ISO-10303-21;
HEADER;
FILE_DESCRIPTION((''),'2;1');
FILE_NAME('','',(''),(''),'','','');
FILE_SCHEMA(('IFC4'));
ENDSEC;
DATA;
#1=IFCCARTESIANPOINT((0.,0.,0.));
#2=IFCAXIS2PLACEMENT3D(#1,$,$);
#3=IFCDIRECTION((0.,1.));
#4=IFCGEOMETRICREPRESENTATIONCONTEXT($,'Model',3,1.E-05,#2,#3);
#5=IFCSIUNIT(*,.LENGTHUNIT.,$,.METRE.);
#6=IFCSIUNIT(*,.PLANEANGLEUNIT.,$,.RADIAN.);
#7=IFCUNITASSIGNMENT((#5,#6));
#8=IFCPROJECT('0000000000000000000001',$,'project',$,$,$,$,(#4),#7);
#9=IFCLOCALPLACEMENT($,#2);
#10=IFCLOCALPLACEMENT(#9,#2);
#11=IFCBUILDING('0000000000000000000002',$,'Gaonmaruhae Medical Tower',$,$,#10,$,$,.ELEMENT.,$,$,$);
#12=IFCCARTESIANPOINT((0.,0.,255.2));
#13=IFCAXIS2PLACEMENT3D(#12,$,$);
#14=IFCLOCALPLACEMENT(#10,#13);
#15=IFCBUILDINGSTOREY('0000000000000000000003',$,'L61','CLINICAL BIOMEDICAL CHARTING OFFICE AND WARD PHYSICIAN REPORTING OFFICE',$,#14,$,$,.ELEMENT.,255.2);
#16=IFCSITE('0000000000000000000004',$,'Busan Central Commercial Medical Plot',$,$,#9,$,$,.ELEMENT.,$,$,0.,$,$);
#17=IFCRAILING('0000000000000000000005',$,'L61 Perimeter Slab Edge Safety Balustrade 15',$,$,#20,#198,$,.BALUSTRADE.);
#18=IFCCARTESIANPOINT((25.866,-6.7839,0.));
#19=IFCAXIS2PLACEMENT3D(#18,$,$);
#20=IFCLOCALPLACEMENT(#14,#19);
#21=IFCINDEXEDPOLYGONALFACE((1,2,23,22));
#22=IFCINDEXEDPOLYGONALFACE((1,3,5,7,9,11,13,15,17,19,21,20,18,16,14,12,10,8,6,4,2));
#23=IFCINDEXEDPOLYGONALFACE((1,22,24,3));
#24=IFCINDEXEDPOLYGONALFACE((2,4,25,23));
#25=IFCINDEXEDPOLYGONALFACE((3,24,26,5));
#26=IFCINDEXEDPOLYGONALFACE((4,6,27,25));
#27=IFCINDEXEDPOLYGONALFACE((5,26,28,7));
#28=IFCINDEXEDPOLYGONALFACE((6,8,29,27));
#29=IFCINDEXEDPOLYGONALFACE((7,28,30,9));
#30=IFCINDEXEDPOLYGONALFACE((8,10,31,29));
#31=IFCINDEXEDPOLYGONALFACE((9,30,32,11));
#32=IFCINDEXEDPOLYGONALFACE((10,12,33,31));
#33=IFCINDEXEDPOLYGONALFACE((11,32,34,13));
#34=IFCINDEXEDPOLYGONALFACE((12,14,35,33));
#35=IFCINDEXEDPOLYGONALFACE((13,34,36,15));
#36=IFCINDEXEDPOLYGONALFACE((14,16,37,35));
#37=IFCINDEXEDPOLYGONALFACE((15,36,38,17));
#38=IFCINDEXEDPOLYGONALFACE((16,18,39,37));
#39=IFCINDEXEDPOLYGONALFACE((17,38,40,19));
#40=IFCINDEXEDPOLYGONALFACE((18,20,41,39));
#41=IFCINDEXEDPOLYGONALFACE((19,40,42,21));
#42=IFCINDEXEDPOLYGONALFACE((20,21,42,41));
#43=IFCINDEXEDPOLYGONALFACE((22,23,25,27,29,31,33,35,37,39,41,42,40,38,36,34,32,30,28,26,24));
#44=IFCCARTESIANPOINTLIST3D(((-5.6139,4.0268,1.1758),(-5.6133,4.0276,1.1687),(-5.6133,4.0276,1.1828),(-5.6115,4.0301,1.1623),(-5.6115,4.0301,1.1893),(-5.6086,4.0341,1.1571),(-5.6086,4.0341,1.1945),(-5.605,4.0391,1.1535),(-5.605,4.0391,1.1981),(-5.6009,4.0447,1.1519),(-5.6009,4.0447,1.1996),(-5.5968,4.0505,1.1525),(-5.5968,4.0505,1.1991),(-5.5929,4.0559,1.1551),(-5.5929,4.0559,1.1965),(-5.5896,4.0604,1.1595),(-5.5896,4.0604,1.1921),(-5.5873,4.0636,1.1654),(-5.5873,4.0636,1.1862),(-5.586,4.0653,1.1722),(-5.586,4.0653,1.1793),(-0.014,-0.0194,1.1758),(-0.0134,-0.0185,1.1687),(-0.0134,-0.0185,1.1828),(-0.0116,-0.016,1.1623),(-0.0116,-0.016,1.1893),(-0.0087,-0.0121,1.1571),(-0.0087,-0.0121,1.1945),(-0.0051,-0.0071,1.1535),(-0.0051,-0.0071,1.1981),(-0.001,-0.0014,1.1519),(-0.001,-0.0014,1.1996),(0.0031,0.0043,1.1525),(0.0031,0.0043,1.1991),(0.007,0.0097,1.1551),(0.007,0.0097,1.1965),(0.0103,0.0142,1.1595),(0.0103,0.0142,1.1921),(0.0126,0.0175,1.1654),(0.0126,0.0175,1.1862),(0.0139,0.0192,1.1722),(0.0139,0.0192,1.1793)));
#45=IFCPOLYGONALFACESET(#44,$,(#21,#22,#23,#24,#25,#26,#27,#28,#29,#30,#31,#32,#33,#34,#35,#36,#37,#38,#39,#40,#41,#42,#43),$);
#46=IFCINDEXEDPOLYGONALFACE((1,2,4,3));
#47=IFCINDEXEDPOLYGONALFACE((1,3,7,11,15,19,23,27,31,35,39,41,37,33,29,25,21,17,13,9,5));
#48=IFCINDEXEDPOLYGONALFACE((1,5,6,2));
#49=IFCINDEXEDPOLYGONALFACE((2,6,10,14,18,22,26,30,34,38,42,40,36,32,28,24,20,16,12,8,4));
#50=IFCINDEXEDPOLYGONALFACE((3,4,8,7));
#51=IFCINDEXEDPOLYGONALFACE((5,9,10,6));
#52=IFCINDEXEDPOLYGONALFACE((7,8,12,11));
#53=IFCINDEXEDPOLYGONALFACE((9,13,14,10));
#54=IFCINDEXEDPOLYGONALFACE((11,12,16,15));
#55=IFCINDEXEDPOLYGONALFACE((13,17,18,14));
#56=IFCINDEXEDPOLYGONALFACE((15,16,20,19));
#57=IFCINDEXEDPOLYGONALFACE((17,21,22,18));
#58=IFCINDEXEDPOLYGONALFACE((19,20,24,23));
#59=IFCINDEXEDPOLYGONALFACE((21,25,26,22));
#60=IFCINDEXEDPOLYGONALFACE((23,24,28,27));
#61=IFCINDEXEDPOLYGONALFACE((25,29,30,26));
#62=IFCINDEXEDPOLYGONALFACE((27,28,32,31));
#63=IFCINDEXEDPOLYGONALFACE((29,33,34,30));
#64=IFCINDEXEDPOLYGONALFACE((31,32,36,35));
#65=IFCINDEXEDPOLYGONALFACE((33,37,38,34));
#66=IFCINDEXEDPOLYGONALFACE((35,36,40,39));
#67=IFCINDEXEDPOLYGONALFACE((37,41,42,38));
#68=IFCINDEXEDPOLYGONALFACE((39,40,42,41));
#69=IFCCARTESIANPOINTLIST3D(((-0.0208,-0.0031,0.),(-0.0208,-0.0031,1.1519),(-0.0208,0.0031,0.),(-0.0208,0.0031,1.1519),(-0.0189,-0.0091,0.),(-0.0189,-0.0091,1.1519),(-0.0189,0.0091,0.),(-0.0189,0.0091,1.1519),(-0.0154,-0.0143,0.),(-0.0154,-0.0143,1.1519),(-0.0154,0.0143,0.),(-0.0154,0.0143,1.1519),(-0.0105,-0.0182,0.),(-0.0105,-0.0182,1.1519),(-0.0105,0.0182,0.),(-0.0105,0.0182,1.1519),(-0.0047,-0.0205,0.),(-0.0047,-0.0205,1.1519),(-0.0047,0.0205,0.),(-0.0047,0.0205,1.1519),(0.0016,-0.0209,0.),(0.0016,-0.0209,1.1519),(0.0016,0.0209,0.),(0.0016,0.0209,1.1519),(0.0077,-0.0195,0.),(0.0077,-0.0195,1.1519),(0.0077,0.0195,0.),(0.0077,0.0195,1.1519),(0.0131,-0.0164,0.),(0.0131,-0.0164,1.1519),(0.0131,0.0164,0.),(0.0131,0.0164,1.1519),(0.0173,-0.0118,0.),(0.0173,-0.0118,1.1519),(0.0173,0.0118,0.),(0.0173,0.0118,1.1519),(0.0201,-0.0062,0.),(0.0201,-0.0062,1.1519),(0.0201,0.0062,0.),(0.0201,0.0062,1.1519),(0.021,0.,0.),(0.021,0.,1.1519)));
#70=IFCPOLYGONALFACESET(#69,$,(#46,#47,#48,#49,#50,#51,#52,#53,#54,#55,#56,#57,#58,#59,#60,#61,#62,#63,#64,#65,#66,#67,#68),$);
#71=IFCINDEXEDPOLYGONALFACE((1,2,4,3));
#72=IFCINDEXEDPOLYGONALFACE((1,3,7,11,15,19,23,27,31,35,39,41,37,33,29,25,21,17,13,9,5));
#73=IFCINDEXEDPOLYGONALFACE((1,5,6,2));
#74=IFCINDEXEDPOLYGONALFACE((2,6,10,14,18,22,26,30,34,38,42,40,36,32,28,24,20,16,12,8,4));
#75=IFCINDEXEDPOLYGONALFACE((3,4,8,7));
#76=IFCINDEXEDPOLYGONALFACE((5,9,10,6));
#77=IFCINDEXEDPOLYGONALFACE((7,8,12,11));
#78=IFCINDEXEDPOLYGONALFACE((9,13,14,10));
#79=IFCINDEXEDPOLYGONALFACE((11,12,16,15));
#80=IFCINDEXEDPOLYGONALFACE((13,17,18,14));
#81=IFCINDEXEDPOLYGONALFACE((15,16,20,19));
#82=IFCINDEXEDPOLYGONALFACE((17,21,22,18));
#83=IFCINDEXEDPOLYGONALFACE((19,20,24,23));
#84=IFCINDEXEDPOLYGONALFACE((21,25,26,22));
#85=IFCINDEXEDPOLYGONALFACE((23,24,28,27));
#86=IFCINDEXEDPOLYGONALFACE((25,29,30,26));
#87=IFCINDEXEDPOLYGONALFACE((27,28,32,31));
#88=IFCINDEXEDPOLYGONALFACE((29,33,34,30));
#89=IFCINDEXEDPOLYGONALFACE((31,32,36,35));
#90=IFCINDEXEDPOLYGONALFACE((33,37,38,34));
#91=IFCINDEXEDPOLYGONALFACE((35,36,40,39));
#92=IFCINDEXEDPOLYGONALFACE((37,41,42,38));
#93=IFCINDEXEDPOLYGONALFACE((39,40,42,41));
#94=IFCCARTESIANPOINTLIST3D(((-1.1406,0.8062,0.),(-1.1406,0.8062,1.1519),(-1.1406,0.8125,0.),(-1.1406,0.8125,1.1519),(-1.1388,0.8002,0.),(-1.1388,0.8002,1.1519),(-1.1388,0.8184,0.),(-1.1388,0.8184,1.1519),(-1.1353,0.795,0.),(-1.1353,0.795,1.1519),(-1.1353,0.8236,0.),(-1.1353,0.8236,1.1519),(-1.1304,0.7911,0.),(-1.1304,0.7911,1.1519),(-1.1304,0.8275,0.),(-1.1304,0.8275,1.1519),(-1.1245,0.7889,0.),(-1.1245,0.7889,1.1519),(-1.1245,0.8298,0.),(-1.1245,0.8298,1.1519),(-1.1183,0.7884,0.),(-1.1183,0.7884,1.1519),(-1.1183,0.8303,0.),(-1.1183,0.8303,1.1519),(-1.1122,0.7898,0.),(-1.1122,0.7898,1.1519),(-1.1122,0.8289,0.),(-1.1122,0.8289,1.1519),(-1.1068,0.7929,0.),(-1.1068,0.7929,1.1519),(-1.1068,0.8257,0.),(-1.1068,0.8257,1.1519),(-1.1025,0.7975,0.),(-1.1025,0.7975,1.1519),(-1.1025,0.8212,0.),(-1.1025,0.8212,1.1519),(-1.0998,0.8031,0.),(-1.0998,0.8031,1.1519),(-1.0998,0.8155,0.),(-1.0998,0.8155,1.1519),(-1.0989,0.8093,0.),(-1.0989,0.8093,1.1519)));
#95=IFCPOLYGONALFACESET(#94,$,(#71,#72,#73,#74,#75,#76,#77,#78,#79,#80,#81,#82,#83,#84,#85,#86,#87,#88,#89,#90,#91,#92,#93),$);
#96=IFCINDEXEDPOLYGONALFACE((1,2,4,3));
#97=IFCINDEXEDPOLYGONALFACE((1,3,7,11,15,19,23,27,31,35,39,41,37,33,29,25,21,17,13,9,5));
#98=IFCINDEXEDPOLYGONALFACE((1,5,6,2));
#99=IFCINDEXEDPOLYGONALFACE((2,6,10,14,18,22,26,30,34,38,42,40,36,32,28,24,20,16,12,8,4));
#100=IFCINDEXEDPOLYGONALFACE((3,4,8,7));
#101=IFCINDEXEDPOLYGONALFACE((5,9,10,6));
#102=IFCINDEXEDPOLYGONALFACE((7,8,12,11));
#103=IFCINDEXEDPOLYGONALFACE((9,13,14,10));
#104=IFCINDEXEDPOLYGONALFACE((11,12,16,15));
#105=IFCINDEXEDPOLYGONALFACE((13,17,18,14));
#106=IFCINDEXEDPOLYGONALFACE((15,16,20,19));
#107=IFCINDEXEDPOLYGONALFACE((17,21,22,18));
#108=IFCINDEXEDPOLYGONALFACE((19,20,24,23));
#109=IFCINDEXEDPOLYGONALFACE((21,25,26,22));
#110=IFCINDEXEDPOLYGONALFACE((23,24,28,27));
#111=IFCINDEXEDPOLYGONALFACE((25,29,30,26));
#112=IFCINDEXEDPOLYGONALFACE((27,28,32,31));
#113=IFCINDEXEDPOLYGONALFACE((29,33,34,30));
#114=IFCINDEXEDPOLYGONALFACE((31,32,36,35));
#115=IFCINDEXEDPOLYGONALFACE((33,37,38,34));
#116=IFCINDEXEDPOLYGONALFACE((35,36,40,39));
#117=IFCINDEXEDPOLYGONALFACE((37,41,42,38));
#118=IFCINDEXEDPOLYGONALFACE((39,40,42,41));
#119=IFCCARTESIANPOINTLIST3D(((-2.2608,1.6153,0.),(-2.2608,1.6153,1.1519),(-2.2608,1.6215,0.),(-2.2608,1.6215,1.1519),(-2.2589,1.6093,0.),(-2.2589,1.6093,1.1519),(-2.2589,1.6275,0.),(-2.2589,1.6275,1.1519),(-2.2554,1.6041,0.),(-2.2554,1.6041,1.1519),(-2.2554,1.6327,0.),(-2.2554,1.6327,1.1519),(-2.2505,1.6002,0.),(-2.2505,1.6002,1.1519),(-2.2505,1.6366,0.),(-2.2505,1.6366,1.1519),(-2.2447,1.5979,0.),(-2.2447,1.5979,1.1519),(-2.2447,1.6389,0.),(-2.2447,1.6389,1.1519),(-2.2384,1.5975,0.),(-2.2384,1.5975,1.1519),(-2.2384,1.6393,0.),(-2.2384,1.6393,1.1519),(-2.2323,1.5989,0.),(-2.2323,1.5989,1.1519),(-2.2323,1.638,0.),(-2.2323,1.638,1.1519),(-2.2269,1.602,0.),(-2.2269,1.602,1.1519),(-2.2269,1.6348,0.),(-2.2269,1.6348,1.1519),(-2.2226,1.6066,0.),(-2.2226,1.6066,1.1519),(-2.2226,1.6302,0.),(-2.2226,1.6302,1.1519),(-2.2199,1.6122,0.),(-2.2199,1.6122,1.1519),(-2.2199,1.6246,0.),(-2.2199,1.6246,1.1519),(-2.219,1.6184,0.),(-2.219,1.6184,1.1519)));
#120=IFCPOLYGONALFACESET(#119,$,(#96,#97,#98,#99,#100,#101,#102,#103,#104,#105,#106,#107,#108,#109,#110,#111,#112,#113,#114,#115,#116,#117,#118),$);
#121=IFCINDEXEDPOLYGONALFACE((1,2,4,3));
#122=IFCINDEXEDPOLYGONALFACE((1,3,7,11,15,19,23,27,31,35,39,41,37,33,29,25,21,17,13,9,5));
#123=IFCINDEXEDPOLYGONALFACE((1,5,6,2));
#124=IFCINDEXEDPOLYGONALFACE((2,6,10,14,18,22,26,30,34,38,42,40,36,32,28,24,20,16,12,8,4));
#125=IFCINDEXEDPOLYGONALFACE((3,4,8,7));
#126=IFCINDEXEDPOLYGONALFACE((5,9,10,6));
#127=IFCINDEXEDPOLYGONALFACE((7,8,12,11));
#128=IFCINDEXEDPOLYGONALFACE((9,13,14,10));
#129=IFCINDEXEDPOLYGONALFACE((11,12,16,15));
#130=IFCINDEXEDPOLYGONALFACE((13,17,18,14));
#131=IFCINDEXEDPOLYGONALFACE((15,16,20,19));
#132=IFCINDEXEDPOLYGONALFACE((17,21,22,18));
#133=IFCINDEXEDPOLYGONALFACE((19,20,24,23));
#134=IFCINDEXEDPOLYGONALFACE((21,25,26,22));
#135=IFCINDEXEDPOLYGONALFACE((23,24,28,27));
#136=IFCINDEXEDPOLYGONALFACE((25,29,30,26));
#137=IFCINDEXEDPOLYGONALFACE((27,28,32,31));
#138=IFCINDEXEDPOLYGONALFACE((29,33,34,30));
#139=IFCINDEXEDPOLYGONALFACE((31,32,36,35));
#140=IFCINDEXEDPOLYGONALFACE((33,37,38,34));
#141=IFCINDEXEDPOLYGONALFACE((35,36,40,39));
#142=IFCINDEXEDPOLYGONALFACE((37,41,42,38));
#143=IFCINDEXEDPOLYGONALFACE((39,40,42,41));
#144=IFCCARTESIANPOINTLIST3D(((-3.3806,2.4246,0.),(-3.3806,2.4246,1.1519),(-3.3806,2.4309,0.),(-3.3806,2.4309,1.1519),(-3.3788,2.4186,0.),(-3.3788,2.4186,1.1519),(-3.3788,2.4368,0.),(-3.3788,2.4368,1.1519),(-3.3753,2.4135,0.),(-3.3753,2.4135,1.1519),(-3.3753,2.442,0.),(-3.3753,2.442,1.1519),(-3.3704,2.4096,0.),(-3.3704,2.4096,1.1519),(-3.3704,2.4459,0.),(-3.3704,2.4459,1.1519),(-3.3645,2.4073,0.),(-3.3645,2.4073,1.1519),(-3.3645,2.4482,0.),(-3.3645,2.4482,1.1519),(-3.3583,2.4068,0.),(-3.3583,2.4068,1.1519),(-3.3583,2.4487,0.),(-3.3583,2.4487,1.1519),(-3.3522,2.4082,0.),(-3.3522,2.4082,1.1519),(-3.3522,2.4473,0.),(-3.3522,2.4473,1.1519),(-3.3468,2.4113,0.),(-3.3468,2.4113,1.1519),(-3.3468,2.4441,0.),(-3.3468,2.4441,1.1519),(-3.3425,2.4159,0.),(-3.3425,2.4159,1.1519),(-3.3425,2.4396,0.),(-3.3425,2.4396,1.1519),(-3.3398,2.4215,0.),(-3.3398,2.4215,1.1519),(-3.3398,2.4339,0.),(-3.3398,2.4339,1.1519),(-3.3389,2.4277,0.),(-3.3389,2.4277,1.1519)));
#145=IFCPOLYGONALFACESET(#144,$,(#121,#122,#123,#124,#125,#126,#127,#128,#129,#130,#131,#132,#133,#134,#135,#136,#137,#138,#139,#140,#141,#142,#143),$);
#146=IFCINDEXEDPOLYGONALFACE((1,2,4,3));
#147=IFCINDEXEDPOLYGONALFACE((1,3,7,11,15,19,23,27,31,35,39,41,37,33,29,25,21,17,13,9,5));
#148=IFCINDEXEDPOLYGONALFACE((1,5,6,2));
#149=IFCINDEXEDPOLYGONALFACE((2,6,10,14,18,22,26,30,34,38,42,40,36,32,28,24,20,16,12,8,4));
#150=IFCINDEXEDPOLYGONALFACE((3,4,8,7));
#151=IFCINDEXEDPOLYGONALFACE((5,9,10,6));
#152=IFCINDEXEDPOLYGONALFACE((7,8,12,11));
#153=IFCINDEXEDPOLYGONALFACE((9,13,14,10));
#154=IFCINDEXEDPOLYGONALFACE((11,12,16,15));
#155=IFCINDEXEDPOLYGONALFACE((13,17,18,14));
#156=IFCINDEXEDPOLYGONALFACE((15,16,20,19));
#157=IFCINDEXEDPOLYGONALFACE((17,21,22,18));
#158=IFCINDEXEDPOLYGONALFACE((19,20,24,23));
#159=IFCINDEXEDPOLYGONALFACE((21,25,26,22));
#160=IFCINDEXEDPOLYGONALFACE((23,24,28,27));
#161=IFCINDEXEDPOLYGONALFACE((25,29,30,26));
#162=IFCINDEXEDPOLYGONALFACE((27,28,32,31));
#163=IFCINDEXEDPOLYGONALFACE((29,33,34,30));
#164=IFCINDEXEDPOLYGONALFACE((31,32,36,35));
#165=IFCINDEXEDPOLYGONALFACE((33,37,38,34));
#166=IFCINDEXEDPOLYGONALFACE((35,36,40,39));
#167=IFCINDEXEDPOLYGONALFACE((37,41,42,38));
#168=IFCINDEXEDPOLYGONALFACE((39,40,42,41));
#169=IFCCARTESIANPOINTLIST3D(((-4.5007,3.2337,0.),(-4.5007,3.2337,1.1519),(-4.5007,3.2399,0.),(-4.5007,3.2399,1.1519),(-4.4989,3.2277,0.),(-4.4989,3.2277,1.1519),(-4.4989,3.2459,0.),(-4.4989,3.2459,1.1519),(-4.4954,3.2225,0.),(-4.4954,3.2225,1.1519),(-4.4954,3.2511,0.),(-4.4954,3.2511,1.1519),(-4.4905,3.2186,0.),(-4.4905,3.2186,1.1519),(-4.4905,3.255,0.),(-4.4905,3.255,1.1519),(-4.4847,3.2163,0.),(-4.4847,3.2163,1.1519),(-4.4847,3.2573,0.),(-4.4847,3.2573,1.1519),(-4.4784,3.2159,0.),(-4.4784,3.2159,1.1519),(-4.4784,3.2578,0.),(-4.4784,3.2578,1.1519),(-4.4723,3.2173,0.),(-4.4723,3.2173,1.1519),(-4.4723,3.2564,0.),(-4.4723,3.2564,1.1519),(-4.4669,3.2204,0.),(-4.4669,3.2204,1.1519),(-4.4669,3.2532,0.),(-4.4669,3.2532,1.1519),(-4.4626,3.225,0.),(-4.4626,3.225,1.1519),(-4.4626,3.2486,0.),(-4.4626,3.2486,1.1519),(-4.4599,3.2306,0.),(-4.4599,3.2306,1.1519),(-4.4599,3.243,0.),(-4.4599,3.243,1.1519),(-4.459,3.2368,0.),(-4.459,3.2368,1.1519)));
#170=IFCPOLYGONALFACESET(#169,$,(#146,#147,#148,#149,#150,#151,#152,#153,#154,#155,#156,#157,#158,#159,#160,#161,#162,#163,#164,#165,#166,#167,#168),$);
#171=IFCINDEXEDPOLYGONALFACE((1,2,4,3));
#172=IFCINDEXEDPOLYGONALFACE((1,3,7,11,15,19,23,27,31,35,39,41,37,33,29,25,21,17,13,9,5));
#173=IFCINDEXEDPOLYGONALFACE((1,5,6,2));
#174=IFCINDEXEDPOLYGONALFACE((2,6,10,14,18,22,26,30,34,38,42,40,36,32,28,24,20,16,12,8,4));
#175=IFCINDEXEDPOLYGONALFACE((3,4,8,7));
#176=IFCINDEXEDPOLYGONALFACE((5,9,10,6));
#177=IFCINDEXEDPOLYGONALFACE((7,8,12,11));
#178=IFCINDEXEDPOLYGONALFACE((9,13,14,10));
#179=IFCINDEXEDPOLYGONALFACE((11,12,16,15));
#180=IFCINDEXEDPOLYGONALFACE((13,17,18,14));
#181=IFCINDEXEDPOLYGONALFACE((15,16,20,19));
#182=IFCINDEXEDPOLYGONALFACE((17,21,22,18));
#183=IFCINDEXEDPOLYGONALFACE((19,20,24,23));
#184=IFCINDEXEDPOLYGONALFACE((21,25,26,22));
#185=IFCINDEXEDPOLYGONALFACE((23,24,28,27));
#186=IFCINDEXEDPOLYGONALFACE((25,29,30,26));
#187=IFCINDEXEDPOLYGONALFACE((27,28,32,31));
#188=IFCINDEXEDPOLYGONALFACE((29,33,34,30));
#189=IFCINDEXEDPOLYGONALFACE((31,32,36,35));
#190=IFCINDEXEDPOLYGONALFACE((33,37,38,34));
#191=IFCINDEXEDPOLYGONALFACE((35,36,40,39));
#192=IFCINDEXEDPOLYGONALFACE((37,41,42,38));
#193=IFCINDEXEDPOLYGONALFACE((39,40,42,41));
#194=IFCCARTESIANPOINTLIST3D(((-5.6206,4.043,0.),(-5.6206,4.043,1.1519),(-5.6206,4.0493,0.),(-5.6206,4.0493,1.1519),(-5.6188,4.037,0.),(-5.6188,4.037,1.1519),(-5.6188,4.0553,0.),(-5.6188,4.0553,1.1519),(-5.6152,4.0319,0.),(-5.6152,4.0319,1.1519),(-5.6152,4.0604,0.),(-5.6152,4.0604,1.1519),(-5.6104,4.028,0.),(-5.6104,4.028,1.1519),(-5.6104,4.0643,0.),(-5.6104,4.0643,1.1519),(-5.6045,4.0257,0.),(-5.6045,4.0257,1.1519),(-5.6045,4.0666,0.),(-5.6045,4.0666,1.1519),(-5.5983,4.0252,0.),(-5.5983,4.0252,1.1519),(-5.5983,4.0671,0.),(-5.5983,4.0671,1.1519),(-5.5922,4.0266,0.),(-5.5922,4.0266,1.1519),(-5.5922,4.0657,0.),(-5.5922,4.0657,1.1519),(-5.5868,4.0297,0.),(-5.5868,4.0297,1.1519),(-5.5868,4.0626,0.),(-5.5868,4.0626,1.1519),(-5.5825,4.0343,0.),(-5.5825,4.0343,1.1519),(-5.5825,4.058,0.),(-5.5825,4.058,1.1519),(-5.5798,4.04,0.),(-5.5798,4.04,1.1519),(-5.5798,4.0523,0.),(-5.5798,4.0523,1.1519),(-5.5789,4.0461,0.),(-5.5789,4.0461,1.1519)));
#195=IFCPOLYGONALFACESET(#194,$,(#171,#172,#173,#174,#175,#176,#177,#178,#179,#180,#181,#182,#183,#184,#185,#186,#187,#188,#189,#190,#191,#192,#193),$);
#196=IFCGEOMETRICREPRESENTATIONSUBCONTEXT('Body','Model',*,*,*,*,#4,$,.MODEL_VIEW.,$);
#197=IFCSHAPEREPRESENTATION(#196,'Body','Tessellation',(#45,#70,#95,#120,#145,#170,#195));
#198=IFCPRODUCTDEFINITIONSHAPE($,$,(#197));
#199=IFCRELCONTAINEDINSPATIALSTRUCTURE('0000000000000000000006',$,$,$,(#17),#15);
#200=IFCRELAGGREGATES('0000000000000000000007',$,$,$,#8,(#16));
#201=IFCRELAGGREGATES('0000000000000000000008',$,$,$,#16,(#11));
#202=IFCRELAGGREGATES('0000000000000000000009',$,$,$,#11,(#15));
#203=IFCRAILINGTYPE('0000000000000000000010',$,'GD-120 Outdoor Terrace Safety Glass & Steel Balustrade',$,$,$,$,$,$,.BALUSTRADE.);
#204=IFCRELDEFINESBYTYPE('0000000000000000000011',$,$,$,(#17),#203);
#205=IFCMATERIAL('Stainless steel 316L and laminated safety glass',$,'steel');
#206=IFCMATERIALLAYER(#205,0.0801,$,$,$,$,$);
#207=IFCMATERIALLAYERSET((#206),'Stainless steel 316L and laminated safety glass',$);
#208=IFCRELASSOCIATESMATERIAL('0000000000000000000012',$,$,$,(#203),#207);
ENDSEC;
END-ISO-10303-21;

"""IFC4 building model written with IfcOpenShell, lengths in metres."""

from ifc_helpers import new_model, si_unit, direction, frame, origin, origin_2d, place, context, subcontext, project, spatial, circle, extrude, material, layer, layer_set, type_object, element, save


model = new_model("IFC4")

# Units and contexts
model_context = context("Model", 3, precision=1e-05, world=origin(), true_north=direction((0.0, 1.0)))
body_context = subcontext(model_context, "Body", "Model", "MODEL_VIEW")
ifc_project = project(units=[si_unit("LENGTHUNIT", "METRE"), si_unit("PLANEANGLEUNIT", "RADIAN")], contexts=[model_context])

# Site, building, storey
site_placement = place(None, origin())
site = spatial("IfcSite", under=ifc_project, at=site_placement, Name="Busan Central Commercial Medical Plot", CompositionType="ELEMENT", RefElevation=0.0)
building_placement = place(site_placement, origin())
building = spatial("IfcBuilding", under=site, at=building_placement, Name="Gaonmaruhae Medical Tower", CompositionType="ELEMENT")
storey_placement = place(building_placement, frame((0.0, 0.0, 255.2)))
storey = spatial("IfcBuildingStorey", under=building, at=storey_placement, Name="L61", Description="CLINICAL BIOMEDICAL CHARTING OFFICE AND WARD PHYSICIAN REPORTING OFFICE", CompositionType="ELEMENT", Elevation=255.2)

# Railing
ifc_material_1 = material(Name="Stainless steel 316L and laminated safety glass", Category="steel")
ifc_layer_1 = layer(ifc_material_1, 0.0801)
ifc_layer_set_1 = layer_set([ifc_layer_1], Name="Stainless steel 316L and laminated safety glass")
railing_type = type_object("IfcRailingType", Name="GD-120 Outdoor Terrace Safety Glass & Steel Balustrade", PredefinedType="BALUSTRADE", material=ifc_layer_set_1)
railing_1_placement = place(storey_placement, frame((25.866, -6.7839, 0.0)))
element("IfcRailing", 1, at=railing_1_placement, inside=storey, type_object=railing_type, Name="L61 Perimeter Slab Edge Safety Balustrade 15", PredefinedType="BALUSTRADE", context=body_context, shape_type="SweptSolid", body=[
    extrude(circle(Radius=0.0239, at=origin_2d()), frame((0.0, 0.0, 1.1758), z_axis=(-0.810555, 0.585662, 0.0), x_axis=(-0.585662, -0.810555, 0.0)), (0.0, 0.0, 1.0), 6.9087),
    extrude(circle(Radius=0.021, at=origin_2d()), origin(), (0.0, 0.0, 1.0), 1.1519),
    extrude(circle(Radius=0.021, at=origin_2d()), frame((-1.1199, 0.8093, 0.0)), (0.0, 0.0, 1.0), 1.1519),
    extrude(circle(Radius=0.021, at=origin_2d()), frame((-2.24, 1.6184, 0.0)), (0.0, 0.0, 1.0), 1.1519),
    extrude(circle(Radius=0.021, at=origin_2d()), frame((-3.3599, 2.4277, 0.0)), (0.0, 0.0, 1.0), 1.1519),
    extrude(circle(Radius=0.021, at=origin_2d()), frame((-4.48, 3.2368, 0.0)), (0.0, 0.0, 1.0), 1.1519),
    extrude(circle(Radius=0.021, at=origin_2d()), frame((-5.5999, 4.0461, 0.0)), (0.0, 0.0, 1.0), 1.1519),
])

save(model, "model.ifc")
